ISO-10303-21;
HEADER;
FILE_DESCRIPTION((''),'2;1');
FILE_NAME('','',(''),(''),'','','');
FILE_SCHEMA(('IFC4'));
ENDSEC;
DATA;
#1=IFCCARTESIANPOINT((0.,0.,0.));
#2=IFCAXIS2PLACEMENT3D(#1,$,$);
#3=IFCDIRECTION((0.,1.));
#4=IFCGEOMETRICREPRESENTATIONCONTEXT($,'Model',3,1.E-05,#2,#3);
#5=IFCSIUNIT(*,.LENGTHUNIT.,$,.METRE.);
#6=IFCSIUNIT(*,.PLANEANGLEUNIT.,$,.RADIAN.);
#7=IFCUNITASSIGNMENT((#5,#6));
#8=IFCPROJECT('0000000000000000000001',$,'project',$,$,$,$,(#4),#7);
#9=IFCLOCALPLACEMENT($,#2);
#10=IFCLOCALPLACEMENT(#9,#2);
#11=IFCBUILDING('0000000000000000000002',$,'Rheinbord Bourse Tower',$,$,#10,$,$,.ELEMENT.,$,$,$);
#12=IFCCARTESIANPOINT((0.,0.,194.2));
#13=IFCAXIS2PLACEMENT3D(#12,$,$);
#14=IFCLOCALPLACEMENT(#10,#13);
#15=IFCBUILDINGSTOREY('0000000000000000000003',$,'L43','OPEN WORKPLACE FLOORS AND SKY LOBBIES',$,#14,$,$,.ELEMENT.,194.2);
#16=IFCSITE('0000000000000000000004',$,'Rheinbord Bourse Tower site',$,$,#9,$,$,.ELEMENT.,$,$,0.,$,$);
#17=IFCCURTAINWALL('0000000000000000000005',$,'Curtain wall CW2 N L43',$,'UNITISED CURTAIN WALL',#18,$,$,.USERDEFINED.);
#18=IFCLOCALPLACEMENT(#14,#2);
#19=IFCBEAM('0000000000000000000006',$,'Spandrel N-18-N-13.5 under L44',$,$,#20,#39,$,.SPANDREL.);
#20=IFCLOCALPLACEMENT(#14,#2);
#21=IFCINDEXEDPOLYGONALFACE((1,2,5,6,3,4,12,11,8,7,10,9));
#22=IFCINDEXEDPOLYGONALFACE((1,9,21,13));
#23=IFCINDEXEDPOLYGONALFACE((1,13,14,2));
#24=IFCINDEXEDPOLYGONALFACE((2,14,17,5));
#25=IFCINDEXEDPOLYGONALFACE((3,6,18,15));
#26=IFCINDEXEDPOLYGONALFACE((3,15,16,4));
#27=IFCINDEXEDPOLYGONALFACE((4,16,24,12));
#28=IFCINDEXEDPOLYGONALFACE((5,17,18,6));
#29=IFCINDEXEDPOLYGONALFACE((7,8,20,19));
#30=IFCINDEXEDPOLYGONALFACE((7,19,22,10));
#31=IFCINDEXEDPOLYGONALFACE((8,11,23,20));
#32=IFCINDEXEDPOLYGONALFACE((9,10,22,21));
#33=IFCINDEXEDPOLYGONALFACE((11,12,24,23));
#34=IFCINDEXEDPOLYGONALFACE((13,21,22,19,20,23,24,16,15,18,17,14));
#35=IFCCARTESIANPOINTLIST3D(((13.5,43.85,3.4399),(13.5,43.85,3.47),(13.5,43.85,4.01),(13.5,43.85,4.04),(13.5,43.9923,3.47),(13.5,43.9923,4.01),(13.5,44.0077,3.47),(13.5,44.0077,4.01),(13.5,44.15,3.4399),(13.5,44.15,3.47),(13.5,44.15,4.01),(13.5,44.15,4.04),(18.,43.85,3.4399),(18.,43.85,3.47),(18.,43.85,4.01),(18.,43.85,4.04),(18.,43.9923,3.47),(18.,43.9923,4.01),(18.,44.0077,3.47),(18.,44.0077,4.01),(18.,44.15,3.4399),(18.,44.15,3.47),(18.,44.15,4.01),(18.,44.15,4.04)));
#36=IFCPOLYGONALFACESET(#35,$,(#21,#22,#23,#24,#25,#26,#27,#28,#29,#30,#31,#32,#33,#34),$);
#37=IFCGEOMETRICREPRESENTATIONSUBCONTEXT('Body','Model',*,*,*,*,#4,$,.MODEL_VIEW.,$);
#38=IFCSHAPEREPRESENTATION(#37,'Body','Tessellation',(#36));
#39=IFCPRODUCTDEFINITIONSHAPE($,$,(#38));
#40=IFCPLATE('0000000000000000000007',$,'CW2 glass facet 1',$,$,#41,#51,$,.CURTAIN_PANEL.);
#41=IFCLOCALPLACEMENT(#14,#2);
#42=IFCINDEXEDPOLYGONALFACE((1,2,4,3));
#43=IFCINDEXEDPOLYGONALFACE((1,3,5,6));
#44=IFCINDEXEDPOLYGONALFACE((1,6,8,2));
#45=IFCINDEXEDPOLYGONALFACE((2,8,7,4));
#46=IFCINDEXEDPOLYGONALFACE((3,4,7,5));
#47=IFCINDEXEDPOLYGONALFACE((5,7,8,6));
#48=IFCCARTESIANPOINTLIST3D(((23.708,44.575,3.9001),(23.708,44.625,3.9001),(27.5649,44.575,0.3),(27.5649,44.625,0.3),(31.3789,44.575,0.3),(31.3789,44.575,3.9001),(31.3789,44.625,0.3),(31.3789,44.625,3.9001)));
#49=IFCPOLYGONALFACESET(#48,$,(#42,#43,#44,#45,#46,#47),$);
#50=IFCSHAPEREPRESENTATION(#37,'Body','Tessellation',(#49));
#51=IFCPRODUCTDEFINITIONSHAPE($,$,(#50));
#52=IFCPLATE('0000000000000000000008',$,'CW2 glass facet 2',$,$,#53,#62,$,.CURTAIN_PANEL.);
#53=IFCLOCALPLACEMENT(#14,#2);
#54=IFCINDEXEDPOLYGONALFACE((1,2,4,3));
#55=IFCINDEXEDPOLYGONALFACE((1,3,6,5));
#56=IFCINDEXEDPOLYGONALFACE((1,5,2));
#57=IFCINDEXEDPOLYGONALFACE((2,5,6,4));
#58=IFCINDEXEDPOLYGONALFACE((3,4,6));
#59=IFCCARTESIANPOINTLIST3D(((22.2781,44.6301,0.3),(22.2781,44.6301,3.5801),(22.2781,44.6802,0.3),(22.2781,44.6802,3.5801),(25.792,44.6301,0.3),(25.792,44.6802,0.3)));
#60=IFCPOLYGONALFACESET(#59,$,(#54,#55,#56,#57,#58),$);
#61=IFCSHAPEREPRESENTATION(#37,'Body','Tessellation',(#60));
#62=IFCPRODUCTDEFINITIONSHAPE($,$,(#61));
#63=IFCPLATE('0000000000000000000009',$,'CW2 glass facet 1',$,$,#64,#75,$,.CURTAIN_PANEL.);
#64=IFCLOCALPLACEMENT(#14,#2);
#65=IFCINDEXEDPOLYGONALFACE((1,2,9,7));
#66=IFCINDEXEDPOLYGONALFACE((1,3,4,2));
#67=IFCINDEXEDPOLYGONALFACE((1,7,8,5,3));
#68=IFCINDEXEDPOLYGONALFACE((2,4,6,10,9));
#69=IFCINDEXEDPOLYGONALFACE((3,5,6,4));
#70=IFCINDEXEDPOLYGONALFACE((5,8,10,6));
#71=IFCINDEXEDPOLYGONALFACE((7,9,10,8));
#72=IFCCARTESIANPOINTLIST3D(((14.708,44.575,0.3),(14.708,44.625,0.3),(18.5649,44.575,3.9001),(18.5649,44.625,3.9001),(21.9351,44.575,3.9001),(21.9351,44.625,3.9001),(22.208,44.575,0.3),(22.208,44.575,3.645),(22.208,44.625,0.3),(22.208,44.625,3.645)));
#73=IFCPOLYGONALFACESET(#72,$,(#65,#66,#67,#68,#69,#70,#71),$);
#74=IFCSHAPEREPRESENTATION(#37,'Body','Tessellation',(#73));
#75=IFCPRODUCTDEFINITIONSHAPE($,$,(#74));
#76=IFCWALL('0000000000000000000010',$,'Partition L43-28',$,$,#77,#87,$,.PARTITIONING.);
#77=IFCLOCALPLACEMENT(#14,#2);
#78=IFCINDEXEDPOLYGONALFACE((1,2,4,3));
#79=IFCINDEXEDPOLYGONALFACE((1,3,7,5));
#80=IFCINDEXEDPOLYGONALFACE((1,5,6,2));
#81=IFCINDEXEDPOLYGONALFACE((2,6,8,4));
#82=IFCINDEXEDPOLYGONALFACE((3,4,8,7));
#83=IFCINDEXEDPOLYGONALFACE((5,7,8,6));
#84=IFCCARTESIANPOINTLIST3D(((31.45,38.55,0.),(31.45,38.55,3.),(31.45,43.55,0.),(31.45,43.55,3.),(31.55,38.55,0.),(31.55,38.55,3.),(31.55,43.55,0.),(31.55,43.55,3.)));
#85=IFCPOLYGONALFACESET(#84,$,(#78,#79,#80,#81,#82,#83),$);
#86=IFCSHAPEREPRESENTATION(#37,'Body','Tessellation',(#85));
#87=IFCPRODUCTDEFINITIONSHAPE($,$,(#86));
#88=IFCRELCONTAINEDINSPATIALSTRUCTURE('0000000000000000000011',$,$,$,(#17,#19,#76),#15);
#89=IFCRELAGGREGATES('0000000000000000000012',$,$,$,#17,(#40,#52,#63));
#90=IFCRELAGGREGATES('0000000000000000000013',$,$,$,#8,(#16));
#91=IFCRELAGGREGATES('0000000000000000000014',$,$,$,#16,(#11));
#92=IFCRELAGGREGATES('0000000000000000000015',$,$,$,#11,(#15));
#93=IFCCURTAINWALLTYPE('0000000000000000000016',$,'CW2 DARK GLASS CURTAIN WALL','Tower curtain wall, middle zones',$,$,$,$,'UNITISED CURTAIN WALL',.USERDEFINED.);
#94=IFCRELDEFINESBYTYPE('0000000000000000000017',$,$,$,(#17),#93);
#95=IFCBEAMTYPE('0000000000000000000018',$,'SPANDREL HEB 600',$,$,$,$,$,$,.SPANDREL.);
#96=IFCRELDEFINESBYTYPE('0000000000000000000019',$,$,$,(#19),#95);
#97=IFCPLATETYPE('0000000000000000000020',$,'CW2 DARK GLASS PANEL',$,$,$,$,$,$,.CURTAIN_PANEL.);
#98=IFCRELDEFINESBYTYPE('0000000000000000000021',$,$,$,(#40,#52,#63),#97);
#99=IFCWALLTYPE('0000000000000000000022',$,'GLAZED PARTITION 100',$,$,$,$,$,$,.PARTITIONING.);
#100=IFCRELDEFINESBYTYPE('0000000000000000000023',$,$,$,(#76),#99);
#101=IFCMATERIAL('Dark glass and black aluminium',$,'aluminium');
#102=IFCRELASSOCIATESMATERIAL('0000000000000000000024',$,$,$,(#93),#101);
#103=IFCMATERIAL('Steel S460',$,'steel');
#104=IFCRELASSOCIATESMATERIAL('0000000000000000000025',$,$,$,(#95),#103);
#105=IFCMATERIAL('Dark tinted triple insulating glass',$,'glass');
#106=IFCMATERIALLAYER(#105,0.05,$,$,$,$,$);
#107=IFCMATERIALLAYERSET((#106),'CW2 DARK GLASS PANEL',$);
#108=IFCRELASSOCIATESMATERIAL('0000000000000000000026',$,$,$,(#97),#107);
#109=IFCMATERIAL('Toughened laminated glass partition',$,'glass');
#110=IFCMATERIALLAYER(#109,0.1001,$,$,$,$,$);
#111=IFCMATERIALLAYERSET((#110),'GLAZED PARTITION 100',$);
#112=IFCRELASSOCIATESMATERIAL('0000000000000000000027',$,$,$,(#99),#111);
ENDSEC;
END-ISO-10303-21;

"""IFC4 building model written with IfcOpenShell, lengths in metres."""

from ifc_helpers import new_model, si_unit, direction, frame, frame_2d, origin, origin_2d, place, context, subcontext, project, spatial, polyline, rectangle, i_section, outline, extrude, material, layer, layer_set, material_profile, profile_set, type_object, element, aggregate, save


model = new_model("IFC4")

# Units and contexts
model_context = context("Model", 3, precision=1e-05, world=origin(), true_north=direction((0.0, 1.0)))
body_context = subcontext(model_context, "Body", "Model", "MODEL_VIEW")
ifc_project = project(units=[si_unit("LENGTHUNIT", "METRE"), si_unit("PLANEANGLEUNIT", "RADIAN")], contexts=[model_context])

# Site, building, storey
site_placement = place(None, origin())
site = spatial("IfcSite", under=ifc_project, at=site_placement, Name="Rheinbord Bourse Tower site", CompositionType="ELEMENT", RefElevation=0.0)
building_placement = place(site_placement, origin())
building = spatial("IfcBuilding", under=site, at=building_placement, Name="Rheinbord Bourse Tower", CompositionType="ELEMENT")
storey_placement = place(building_placement, frame((0.0, 0.0, 194.2)))
storey = spatial("IfcBuildingStorey", under=building, at=storey_placement, Name="L43", Description="OPEN WORKPLACE FLOORS AND SKY LOBBIES", CompositionType="ELEMENT", Elevation=194.2)

# Curtain wall
ifc_material_1 = material(Name="Dark glass and black aluminium", Category="aluminium")
curtain_wall_type = type_object("IfcCurtainWallType", Name="CW2 DARK GLASS CURTAIN WALL", Description="Tower curtain wall, middle zones", ElementType="UNITISED CURTAIN WALL", PredefinedType="USERDEFINED", material=ifc_material_1)
curtain_wall_placement = place(storey_placement, origin())
curtain_wall = element("IfcCurtainWall", 1, at=curtain_wall_placement, inside=storey, type_object=curtain_wall_type, Name="Curtain wall CW2 N L43", ObjectType="UNITISED CURTAIN WALL", PredefinedType="USERDEFINED")

# Beam
ifc_material_2 = material(Name="Steel S460", Category="steel")
ifc_material_profile_1 = material_profile(ifc_material_2, i_section(OverallWidth=0.3, OverallDepth=0.6001, WebThickness=0.0154, FlangeThickness=0.03, at=origin_2d()), Name="HEB 600")
ifc_profile_set_1 = profile_set([ifc_material_profile_1], Name="Steel S460")
beam_type_1 = type_object("IfcBeamType", Name="SPANDREL HEB 600", PredefinedType="SPANDREL", material=ifc_profile_set_1)
for number, where, z_axis, x_axis, name in (
    (2, (18.0, 44.0, 3.74), (-1.0, 0.0, 0.0), (0.0, -1.0, 0.0), "Spandrel N-18-N-13.5 under L44"),
):
    element("IfcBeam", number, at=place(storey_placement, frame(where, z_axis=z_axis, x_axis=x_axis)), inside=storey, type_object=beam_type_1, Name=name, PredefinedType="SPANDREL", context=body_context, shape_type="SweptSolid", body=[
        extrude(i_section(OverallWidth=0.3, OverallDepth=0.6001, WebThickness=0.0154, FlangeThickness=0.03, at=origin_2d()), origin(), (0.0, 0.0, 1.0), 4.5),
    ])

# Plates
ifc_material_3 = material(Name="Dark tinted triple insulating glass", Category="glass")
ifc_layer_1 = layer(ifc_material_3, 0.05)
ifc_layer_set_1 = layer_set([ifc_layer_1], Name="CW2 DARK GLASS PANEL")
plate_type = type_object("IfcPlateType", Name="CW2 DARK GLASS PANEL", PredefinedType="CURTAIN_PANEL", material=ifc_layer_set_1)
plate_1_placement = place(storey_placement, frame((31.3789, 44.625, 0.3), z_axis=(0.0, -1.0, 0.0), x_axis=(0.0, 0.0, 1.0)))
plate_1 = element("IfcPlate", 3, at=plate_1_placement, type_object=plate_type, Name="CW2 glass facet 1", PredefinedType="CURTAIN_PANEL", context=body_context, shape_type="SweptSolid", body=[
    extrude(outline(polyline([(0.0, 0.0), (3.6001, 0.0), (3.6001, 7.6709), (0.0, 3.814), (0.0, 0.0)])), origin(), (0.0, 0.0, 1.0), 0.05),
])
plate_2_placement = place(storey_placement, frame((22.2781, 44.6802, 0.3), z_axis=(0.0, -1.0, 0.0), x_axis=(1.0, 0.0, 0.0)))
plate_2 = element("IfcPlate", 4, at=plate_2_placement, type_object=plate_type, Name="CW2 glass facet 2", PredefinedType="CURTAIN_PANEL", context=body_context, shape_type="SweptSolid", body=[
    extrude(outline(polyline([(0.0, 0.0), (3.5139, 0.0), (0.0, 3.28), (0.0, 0.0)])), origin(), (0.0, 0.0, 1.0), 0.05),
])
plate_3_placement = place(storey_placement, frame((22.208, 44.625, 0.3), z_axis=(0.0, -1.0, 0.0), x_axis=(0.0, 0.0, 1.0)))
plate_3 = element("IfcPlate", 5, at=plate_3_placement, type_object=plate_type, Name="CW2 glass facet 1", PredefinedType="CURTAIN_PANEL", context=body_context, shape_type="SweptSolid", body=[
    extrude(outline(polyline([(0.0, 0.0), (3.345, 0.0), (3.6001, 0.2729), (3.6001, 3.6431), (0.0, 7.5), (0.0, 0.0)])), origin(), (0.0, 0.0, 1.0), 0.05),
])
aggregate(curtain_wall, [plate_1, plate_2, plate_3])

# Wall
ifc_material_4 = material(Name="Toughened laminated glass partition", Category="glass")
ifc_layer_2 = layer(ifc_material_4, 0.1001)
ifc_layer_set_2 = layer_set([ifc_layer_2], Name="GLAZED PARTITION 100")
wall_type = type_object("IfcWallType", Name="GLAZED PARTITION 100", PredefinedType="PARTITIONING", material=ifc_layer_set_2)
wall_placement = place(storey_placement, frame((31.5, 38.55, 0.0), z_axis=(0.0, 0.0, 1.0), x_axis=(0.0, 1.0, 0.0)))
element("IfcWall", 6, at=wall_placement, inside=storey, type_object=wall_type, Name="Partition L43-28", PredefinedType="PARTITIONING", context=body_context, shape_type="SweptSolid", body=[
    extrude(rectangle(XDim=5.0, YDim=0.1001, at=frame_2d((2.5, 0.0))), origin(), (0.0, 0.0, 1.0), 3.0),
])

save(model, "model.ifc")
